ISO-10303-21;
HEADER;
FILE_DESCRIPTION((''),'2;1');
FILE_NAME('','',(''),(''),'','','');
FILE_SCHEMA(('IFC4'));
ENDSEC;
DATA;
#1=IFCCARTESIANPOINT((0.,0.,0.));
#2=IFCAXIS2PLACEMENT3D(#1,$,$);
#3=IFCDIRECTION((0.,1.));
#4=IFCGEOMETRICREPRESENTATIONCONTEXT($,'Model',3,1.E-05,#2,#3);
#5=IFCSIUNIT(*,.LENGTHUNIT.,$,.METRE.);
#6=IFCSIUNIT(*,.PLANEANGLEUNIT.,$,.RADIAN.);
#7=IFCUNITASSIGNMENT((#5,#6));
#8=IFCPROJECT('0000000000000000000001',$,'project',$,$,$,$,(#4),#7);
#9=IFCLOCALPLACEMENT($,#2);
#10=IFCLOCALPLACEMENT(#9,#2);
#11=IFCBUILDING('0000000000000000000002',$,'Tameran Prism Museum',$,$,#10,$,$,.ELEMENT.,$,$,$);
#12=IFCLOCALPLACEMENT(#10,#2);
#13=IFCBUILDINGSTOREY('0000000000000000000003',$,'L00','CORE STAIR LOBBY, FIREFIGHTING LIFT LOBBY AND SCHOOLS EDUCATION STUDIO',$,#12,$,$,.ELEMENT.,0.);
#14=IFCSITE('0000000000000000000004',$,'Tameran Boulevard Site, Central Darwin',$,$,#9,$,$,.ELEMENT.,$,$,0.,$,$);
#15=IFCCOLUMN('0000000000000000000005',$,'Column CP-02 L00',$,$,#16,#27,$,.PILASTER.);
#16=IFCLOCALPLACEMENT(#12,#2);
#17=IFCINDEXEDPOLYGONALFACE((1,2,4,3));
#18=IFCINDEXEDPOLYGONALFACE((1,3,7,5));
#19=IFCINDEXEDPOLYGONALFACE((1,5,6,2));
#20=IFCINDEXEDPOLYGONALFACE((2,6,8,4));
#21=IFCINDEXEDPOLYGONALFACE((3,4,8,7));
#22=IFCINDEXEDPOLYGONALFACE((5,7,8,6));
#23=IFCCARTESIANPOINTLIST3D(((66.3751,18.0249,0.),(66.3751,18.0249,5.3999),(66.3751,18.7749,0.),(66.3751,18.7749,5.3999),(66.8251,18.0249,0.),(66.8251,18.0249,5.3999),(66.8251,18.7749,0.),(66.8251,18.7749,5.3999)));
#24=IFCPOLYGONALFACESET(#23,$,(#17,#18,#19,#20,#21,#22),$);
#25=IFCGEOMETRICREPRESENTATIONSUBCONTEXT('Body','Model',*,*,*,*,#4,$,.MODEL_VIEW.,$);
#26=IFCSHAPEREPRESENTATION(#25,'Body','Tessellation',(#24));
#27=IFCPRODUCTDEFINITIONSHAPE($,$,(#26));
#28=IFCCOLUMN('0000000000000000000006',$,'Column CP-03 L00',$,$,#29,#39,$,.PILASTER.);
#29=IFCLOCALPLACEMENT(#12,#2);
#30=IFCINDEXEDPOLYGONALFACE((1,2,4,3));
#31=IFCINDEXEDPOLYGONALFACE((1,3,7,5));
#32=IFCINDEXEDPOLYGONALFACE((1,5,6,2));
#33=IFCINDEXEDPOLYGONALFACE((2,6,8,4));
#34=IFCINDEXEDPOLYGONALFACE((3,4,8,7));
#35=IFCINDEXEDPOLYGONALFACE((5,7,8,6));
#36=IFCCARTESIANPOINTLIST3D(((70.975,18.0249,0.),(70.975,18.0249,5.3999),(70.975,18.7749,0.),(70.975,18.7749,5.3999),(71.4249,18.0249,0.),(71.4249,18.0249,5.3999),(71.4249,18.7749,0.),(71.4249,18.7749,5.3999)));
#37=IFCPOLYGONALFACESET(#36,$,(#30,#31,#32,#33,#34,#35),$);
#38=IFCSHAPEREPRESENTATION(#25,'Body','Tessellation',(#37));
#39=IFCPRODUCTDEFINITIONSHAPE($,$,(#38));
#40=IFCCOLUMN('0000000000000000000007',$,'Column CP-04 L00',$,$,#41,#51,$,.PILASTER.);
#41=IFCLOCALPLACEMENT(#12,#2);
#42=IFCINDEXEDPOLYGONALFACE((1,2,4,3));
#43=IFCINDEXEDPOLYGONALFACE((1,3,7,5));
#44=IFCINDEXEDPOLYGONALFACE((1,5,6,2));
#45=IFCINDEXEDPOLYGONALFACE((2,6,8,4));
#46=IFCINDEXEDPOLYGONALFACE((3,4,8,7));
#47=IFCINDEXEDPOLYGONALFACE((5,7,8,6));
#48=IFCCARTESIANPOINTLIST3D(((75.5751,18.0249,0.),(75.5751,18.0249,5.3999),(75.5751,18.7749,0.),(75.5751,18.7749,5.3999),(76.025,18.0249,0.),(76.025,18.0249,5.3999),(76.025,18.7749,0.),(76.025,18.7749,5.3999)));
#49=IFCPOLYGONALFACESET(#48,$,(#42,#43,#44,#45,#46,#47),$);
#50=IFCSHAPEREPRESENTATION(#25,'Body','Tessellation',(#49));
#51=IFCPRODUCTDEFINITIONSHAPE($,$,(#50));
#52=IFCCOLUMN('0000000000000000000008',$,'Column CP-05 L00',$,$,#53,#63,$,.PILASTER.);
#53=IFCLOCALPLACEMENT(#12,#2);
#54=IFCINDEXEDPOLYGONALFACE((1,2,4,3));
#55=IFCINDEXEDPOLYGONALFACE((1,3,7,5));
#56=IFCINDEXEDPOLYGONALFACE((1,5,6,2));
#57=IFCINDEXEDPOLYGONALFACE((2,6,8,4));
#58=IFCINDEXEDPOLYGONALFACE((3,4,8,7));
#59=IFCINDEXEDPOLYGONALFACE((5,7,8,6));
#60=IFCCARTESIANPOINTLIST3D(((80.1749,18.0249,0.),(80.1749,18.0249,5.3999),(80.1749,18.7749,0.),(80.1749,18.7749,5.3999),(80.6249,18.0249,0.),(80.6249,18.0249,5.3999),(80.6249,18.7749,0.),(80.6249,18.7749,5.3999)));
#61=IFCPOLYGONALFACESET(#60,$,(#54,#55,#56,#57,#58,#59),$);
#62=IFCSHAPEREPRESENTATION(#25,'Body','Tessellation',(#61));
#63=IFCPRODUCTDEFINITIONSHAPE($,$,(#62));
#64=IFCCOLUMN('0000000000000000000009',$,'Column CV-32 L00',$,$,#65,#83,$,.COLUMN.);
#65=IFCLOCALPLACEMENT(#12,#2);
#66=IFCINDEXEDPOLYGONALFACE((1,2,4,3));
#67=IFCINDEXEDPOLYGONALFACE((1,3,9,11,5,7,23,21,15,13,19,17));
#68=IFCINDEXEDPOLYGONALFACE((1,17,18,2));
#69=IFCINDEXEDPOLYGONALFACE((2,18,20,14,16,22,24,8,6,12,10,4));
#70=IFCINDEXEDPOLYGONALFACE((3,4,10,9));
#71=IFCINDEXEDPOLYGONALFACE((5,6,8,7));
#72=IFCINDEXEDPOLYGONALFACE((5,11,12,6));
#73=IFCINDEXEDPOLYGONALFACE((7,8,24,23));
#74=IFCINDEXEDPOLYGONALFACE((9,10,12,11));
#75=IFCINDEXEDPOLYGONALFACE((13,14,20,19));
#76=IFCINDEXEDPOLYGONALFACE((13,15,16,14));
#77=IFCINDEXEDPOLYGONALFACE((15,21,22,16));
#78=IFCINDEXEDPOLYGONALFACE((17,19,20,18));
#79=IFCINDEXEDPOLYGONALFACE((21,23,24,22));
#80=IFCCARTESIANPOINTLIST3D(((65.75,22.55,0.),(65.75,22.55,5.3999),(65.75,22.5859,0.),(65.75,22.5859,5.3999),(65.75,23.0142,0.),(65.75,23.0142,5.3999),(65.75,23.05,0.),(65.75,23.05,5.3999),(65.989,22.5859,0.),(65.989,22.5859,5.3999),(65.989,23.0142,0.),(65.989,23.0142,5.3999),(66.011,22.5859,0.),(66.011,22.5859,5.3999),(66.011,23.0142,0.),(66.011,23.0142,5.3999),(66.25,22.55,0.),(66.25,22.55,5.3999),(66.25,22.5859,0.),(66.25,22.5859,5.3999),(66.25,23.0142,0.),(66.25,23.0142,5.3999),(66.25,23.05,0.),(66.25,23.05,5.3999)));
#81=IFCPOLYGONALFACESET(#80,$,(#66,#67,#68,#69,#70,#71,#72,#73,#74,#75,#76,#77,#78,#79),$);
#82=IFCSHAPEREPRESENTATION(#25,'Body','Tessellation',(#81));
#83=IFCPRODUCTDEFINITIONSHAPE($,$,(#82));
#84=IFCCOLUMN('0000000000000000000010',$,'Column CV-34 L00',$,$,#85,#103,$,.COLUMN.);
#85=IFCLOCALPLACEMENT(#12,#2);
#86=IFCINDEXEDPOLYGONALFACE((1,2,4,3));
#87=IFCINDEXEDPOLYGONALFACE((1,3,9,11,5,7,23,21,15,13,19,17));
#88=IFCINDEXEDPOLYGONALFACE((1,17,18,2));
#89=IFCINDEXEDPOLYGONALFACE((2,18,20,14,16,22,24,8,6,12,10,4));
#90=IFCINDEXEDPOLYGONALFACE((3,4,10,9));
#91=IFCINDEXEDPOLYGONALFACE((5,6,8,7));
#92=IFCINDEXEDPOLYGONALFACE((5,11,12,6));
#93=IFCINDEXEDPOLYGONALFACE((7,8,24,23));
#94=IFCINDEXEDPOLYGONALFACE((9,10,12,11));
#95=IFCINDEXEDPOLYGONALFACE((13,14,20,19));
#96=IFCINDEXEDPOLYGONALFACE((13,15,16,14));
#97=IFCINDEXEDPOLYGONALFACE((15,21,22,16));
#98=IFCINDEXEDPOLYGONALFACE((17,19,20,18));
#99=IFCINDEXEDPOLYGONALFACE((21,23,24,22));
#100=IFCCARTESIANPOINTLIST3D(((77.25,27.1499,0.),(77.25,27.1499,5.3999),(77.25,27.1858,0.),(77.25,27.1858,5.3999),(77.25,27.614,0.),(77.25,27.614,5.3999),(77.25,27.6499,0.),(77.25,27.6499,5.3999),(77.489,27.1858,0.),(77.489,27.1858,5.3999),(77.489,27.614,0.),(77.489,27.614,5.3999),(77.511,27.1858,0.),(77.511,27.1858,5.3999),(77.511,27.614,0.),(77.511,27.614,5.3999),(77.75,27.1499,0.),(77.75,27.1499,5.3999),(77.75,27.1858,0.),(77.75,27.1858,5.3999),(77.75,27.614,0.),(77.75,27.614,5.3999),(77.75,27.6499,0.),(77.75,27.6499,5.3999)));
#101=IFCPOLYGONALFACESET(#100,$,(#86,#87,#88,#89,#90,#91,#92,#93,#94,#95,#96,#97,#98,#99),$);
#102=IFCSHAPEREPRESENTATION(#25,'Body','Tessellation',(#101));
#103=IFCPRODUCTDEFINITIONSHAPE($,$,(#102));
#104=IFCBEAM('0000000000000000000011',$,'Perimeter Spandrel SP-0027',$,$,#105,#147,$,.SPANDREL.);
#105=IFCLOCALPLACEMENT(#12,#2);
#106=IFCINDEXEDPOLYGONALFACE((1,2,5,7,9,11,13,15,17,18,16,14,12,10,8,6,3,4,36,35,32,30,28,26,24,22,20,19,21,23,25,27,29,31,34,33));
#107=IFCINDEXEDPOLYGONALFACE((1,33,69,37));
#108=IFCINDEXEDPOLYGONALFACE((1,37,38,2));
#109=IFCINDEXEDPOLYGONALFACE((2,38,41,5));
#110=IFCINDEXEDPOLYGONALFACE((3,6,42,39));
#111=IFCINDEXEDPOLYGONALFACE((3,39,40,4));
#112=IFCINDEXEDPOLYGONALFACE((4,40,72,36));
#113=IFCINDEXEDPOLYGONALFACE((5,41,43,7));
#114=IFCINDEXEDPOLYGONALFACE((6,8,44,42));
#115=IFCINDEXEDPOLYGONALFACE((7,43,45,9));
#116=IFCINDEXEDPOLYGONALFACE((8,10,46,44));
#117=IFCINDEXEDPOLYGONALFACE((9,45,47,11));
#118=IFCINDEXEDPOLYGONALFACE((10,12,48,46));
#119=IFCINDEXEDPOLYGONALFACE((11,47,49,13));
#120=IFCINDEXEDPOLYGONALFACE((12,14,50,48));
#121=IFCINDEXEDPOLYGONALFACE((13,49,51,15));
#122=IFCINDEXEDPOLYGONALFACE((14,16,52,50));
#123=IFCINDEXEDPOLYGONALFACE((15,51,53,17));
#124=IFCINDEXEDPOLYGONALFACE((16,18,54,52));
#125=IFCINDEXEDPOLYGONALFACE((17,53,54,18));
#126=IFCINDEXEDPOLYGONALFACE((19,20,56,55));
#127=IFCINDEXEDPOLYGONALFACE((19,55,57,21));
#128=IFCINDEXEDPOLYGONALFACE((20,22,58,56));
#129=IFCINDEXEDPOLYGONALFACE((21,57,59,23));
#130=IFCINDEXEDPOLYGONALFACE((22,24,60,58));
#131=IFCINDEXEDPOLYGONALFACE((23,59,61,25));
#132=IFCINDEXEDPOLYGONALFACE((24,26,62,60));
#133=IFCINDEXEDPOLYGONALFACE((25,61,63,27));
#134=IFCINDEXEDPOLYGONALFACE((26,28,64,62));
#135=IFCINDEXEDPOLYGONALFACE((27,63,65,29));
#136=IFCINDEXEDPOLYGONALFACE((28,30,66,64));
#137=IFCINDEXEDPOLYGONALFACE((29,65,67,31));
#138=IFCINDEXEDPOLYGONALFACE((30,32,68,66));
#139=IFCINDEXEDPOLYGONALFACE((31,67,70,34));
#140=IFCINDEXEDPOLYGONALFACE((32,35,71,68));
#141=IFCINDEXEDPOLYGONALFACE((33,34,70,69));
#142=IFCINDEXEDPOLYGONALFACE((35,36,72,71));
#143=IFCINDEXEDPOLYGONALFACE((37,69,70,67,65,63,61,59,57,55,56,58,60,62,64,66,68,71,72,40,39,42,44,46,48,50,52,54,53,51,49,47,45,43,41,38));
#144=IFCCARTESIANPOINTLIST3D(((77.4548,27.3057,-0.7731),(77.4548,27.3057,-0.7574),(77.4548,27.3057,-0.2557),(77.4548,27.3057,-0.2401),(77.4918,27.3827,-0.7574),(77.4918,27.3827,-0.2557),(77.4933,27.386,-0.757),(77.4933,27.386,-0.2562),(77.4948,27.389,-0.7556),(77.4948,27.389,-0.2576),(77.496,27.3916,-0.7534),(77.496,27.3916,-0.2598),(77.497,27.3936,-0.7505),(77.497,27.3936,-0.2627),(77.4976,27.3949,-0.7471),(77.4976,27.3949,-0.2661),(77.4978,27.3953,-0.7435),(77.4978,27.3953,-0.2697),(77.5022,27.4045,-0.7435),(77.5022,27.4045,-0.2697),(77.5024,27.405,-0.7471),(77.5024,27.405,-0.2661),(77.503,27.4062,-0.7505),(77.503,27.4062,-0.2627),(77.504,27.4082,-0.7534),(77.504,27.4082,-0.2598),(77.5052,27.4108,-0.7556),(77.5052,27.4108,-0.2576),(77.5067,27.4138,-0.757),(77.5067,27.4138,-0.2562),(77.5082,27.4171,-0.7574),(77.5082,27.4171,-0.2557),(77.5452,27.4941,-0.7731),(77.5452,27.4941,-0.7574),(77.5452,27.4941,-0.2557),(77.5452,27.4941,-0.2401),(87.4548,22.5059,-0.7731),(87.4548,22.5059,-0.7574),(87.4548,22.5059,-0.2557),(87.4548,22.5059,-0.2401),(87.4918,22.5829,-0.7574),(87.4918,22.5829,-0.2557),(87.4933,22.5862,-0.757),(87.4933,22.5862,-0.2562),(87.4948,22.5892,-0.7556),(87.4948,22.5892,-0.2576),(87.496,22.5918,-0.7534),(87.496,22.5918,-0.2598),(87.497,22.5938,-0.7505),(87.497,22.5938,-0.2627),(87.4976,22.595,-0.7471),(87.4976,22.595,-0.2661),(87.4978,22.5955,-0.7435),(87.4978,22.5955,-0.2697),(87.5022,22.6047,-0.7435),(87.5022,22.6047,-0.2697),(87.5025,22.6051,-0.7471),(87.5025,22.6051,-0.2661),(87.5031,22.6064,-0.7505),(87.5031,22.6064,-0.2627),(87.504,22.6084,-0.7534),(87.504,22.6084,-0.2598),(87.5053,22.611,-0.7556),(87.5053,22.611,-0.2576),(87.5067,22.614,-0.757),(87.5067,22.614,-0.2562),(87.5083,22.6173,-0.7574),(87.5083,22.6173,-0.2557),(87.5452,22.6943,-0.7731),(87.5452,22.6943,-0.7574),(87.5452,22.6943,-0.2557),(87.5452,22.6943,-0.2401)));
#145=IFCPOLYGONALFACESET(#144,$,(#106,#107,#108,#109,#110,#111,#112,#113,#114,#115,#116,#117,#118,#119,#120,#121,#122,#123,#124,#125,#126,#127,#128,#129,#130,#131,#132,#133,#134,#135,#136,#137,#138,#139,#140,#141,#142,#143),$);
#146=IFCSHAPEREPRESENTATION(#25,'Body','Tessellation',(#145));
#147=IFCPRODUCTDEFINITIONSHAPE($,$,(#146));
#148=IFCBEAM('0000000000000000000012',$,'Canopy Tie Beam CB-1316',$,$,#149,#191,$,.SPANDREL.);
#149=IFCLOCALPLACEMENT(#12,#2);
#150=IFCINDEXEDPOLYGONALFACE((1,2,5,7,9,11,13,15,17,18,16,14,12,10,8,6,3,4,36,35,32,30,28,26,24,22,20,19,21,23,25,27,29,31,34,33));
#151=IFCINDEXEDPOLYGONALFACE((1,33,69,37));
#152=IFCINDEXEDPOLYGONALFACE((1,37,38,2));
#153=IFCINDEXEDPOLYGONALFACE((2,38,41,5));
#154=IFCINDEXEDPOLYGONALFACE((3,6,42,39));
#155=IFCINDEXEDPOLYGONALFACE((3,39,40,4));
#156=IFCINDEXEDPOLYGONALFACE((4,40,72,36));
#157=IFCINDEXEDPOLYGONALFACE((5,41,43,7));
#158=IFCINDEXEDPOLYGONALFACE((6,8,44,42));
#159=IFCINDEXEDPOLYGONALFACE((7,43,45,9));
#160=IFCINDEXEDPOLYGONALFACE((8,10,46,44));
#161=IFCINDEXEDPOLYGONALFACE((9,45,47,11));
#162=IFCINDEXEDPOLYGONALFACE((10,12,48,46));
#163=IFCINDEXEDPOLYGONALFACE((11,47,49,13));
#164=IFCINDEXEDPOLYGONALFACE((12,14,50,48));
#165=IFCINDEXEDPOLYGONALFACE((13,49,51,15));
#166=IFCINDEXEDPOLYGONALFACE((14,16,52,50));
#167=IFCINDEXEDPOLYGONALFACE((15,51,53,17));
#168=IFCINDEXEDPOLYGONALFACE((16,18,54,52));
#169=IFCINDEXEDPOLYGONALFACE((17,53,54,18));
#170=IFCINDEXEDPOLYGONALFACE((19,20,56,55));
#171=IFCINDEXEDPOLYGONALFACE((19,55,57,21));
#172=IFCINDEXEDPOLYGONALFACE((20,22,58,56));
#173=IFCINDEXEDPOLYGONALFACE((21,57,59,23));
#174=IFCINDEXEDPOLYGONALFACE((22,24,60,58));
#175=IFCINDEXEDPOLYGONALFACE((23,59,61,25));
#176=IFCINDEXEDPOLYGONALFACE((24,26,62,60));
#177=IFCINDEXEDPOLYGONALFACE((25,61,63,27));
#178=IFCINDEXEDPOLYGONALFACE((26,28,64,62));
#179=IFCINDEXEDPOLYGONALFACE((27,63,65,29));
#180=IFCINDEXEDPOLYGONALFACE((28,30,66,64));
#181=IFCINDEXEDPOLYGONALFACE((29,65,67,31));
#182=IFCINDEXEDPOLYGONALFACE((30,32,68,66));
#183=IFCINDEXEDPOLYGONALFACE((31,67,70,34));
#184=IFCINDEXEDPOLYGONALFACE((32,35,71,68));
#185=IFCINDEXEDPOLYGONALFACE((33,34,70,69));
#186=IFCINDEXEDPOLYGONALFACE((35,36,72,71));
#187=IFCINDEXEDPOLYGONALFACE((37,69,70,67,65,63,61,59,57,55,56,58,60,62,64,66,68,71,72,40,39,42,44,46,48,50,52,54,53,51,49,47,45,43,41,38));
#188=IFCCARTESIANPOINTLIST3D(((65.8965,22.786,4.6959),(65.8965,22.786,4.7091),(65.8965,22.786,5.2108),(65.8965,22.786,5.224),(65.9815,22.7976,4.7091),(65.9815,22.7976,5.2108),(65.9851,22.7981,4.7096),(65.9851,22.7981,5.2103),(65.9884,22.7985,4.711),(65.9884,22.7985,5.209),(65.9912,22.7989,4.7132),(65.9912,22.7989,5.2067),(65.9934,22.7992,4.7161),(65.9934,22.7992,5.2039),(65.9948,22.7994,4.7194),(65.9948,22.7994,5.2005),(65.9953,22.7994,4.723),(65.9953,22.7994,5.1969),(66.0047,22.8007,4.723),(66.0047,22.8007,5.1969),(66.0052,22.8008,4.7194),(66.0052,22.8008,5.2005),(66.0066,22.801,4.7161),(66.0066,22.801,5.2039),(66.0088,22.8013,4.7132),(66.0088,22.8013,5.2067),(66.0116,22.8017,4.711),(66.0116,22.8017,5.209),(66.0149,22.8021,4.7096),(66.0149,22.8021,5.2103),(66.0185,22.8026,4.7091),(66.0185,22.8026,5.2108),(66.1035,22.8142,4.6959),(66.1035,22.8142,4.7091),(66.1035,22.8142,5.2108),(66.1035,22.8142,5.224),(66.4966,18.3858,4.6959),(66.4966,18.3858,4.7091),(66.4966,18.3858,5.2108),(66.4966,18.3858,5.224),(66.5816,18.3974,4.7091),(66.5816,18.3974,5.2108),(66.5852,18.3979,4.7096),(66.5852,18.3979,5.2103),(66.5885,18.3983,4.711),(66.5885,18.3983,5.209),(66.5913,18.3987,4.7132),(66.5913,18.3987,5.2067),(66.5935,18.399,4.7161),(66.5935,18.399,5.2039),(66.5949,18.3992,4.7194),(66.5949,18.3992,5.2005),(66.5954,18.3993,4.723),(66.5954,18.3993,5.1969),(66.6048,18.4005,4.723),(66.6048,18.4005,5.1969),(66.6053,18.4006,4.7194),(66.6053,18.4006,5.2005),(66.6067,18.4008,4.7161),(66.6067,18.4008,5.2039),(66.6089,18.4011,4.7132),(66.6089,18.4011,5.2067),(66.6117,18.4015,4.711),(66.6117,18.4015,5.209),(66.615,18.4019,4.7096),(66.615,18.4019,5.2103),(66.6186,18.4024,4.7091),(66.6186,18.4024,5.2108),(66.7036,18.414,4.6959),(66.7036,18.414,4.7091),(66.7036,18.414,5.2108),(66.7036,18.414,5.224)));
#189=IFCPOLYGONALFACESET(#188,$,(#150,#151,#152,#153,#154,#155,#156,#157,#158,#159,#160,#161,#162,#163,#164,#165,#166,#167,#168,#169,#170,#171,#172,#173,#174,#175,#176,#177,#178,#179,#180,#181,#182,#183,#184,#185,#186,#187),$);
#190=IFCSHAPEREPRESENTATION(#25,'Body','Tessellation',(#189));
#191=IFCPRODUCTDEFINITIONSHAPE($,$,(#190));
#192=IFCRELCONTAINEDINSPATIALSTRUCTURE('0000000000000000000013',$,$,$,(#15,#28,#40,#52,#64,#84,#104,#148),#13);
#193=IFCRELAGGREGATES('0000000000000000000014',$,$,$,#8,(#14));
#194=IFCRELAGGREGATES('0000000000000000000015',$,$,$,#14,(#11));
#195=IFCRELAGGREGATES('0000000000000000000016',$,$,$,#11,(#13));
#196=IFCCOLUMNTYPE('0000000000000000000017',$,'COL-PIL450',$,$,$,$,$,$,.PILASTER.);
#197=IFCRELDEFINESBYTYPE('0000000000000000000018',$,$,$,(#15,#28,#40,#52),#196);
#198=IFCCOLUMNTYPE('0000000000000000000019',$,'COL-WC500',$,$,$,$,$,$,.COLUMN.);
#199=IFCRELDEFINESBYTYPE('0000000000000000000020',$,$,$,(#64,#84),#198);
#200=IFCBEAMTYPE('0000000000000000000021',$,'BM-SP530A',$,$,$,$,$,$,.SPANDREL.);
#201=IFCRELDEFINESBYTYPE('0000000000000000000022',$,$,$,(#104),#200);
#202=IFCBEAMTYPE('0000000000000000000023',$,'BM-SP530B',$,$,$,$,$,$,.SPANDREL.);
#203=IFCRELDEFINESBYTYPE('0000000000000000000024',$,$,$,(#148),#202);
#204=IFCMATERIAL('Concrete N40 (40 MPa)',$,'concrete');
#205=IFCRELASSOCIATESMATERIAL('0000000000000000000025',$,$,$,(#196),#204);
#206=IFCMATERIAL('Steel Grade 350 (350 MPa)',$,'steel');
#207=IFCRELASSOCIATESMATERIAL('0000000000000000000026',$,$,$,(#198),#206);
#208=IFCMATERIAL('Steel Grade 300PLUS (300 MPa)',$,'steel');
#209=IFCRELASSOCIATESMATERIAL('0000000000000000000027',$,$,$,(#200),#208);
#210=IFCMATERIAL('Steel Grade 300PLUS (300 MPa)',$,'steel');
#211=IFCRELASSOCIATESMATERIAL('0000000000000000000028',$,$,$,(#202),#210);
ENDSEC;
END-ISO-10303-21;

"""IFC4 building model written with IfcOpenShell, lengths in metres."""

from ifc_helpers import new_model, si_unit, direction, frame, origin, origin_2d, place, context, subcontext, project, spatial, rectangle, i_section, extrude, material, material_profile, profile_set, type_object, element, save


model = new_model("IFC4")

# Units and contexts
model_context = context("Model", 3, precision=1e-05, world=origin(), true_north=direction((0.0, 1.0)))
body_context = subcontext(model_context, "Body", "Model", "MODEL_VIEW")
ifc_project = project(units=[si_unit("LENGTHUNIT", "METRE"), si_unit("PLANEANGLEUNIT", "RADIAN")], contexts=[model_context])

# Site, building, storey
site_placement = place(None, origin())
site = spatial("IfcSite", under=ifc_project, at=site_placement, Name="Tameran Boulevard Site, Central Darwin", CompositionType="ELEMENT", RefElevation=0.0)
building_placement = place(site_placement, origin())
building = spatial("IfcBuilding", under=site, at=building_placement, Name="Tameran Prism Museum", CompositionType="ELEMENT")
storey_placement = place(building_placement, origin())
storey = spatial("IfcBuildingStorey", under=building, at=storey_placement, Name="L00", Description="CORE STAIR LOBBY, FIREFIGHTING LIFT LOBBY AND SCHOOLS EDUCATION STUDIO", CompositionType="ELEMENT", Elevation=0.0)

# Columns
ifc_material_1 = material(Name="Concrete N40 (40 MPa)", Category="concrete")
ifc_material_profile_1 = material_profile(ifc_material_1, rectangle(XDim=0.45, YDim=0.75, at=origin_2d()))
ifc_profile_set_1 = profile_set([ifc_material_profile_1])
column_type_1 = type_object("IfcColumnType", Name="COL-PIL450", PredefinedType="PILASTER", material=ifc_profile_set_1)
for number, where, z_axis, x_axis, name in (
    (1, (66.6001, 18.3999, 0.0), (0.0, 0.0, 1.0), (1.0, 0.0, 0.0), "Column CP-02 L00"),
    (2, (71.2, 18.3999, 0.0), (0.0, 0.0, 1.0), (1.0, 0.0, 0.0), "Column CP-03 L00"),
    (3, (75.8, 18.3999, 0.0), (0.0, 0.0, 1.0), (1.0, 0.0, 0.0), "Column CP-04 L00"),
    (4, (80.3999, 18.3999, 0.0), (0.0, 0.0, 1.0), (1.0, 0.0, 0.0), "Column CP-05 L00"),
):
    element("IfcColumn", number, at=place(storey_placement, frame(where, z_axis=z_axis, x_axis=x_axis)), inside=storey, type_object=column_type_1, Name=name, PredefinedType="PILASTER", context=body_context, shape_type="SweptSolid", body=[
        extrude(rectangle(XDim=0.45, YDim=0.75, at=origin_2d()), origin(), (0.0, 0.0, 1.0), 5.3999),
    ])
ifc_material_2 = material(Name="Steel Grade 350 (350 MPa)", Category="steel")
ifc_material_profile_2 = material_profile(ifc_material_2, i_section(OverallWidth=0.5, OverallDepth=0.5, WebThickness=0.022, FlangeThickness=0.0359, at=origin_2d()))
ifc_profile_set_2 = profile_set([ifc_material_profile_2])
column_type_2 = type_object("IfcColumnType", Name="COL-WC500", PredefinedType="COLUMN", material=ifc_profile_set_2)
for number, where, z_axis, x_axis, name in (
    (5, (66.0, 22.8, 0.0), (0.0, 0.0, 1.0), (1.0, 0.0, 0.0), "Column CV-32 L00"),
    (6, (77.5, 27.3999, 0.0), (0.0, 0.0, 1.0), (1.0, 0.0, 0.0), "Column CV-34 L00"),
):
    element("IfcColumn", number, at=place(storey_placement, frame(where, z_axis=z_axis, x_axis=x_axis)), inside=storey, type_object=column_type_2, Name=name, PredefinedType="COLUMN", context=body_context, shape_type="SweptSolid", body=[
        extrude(i_section(OverallWidth=0.5, OverallDepth=0.5, WebThickness=0.022, FlangeThickness=0.0359, at=origin_2d()), origin(), (0.0, 0.0, 1.0), 5.3999),
    ])

# Beams
ifc_material_3 = material(Name="Steel Grade 300PLUS (300 MPa)", Category="steel")
ifc_material_profile_3 = material_profile(ifc_material_3, i_section(OverallWidth=0.209, OverallDepth=0.533, WebThickness=0.0103, FlangeThickness=0.0156, FilletRadius=0.0139, at=origin_2d()))
ifc_profile_set_3 = profile_set([ifc_material_profile_3])
beam_type_1 = type_object("IfcBeamType", Name="BM-SP530A", PredefinedType="SPANDREL", material=ifc_profile_set_3)
beam_1_placement = place(storey_placement, frame((77.5, 27.3999, -0.5066), z_axis=(0.90153, -0.432717, 0.0), x_axis=(0.432717, 0.90153, 0.0)))
element("IfcBeam", 7, at=beam_1_placement, inside=storey, type_object=beam_type_1, Name="Perimeter Spandrel SP-0027", PredefinedType="SPANDREL", context=body_context, shape_type="SweptSolid", body=[
    extrude(i_section(OverallWidth=0.209, OverallDepth=0.533, WebThickness=0.0103, FlangeThickness=0.0156, FilletRadius=0.0139, at=origin_2d()), origin(), (0.0, 0.0, 1.0), 11.0923),
])
ifc_material_4 = material(Name="Steel Grade 300PLUS (300 MPa)", Category="steel")
ifc_material_profile_4 = material_profile(ifc_material_4, i_section(OverallWidth=0.209, OverallDepth=0.5281, WebThickness=0.0095, FlangeThickness=0.0132, FilletRadius=0.0139, at=origin_2d()))
ifc_profile_set_4 = profile_set([ifc_material_profile_4])
beam_type_2 = type_object("IfcBeamType", Name="BM-SP530B", PredefinedType="SPANDREL", material=ifc_profile_set_4)
beam_2_placement = place(storey_placement, frame((66.6001, 18.3999, 4.96), z_axis=(-0.13513, 0.990828, 0.0), x_axis=(-0.990828, -0.13513, 0.0)))
element("IfcBeam", 8, at=beam_2_placement, inside=storey, type_object=beam_type_2, Name="Canopy Tie Beam CB-1316", PredefinedType="SPANDREL", context=body_context, shape_type="SweptSolid", body=[
    extrude(i_section(OverallWidth=0.209, OverallDepth=0.5281, WebThickness=0.0095, FlangeThickness=0.0132, FilletRadius=0.0139, at=origin_2d()), origin(), (0.0, 0.0, 1.0), 4.4409),
])

save(model, "model.ifc")
